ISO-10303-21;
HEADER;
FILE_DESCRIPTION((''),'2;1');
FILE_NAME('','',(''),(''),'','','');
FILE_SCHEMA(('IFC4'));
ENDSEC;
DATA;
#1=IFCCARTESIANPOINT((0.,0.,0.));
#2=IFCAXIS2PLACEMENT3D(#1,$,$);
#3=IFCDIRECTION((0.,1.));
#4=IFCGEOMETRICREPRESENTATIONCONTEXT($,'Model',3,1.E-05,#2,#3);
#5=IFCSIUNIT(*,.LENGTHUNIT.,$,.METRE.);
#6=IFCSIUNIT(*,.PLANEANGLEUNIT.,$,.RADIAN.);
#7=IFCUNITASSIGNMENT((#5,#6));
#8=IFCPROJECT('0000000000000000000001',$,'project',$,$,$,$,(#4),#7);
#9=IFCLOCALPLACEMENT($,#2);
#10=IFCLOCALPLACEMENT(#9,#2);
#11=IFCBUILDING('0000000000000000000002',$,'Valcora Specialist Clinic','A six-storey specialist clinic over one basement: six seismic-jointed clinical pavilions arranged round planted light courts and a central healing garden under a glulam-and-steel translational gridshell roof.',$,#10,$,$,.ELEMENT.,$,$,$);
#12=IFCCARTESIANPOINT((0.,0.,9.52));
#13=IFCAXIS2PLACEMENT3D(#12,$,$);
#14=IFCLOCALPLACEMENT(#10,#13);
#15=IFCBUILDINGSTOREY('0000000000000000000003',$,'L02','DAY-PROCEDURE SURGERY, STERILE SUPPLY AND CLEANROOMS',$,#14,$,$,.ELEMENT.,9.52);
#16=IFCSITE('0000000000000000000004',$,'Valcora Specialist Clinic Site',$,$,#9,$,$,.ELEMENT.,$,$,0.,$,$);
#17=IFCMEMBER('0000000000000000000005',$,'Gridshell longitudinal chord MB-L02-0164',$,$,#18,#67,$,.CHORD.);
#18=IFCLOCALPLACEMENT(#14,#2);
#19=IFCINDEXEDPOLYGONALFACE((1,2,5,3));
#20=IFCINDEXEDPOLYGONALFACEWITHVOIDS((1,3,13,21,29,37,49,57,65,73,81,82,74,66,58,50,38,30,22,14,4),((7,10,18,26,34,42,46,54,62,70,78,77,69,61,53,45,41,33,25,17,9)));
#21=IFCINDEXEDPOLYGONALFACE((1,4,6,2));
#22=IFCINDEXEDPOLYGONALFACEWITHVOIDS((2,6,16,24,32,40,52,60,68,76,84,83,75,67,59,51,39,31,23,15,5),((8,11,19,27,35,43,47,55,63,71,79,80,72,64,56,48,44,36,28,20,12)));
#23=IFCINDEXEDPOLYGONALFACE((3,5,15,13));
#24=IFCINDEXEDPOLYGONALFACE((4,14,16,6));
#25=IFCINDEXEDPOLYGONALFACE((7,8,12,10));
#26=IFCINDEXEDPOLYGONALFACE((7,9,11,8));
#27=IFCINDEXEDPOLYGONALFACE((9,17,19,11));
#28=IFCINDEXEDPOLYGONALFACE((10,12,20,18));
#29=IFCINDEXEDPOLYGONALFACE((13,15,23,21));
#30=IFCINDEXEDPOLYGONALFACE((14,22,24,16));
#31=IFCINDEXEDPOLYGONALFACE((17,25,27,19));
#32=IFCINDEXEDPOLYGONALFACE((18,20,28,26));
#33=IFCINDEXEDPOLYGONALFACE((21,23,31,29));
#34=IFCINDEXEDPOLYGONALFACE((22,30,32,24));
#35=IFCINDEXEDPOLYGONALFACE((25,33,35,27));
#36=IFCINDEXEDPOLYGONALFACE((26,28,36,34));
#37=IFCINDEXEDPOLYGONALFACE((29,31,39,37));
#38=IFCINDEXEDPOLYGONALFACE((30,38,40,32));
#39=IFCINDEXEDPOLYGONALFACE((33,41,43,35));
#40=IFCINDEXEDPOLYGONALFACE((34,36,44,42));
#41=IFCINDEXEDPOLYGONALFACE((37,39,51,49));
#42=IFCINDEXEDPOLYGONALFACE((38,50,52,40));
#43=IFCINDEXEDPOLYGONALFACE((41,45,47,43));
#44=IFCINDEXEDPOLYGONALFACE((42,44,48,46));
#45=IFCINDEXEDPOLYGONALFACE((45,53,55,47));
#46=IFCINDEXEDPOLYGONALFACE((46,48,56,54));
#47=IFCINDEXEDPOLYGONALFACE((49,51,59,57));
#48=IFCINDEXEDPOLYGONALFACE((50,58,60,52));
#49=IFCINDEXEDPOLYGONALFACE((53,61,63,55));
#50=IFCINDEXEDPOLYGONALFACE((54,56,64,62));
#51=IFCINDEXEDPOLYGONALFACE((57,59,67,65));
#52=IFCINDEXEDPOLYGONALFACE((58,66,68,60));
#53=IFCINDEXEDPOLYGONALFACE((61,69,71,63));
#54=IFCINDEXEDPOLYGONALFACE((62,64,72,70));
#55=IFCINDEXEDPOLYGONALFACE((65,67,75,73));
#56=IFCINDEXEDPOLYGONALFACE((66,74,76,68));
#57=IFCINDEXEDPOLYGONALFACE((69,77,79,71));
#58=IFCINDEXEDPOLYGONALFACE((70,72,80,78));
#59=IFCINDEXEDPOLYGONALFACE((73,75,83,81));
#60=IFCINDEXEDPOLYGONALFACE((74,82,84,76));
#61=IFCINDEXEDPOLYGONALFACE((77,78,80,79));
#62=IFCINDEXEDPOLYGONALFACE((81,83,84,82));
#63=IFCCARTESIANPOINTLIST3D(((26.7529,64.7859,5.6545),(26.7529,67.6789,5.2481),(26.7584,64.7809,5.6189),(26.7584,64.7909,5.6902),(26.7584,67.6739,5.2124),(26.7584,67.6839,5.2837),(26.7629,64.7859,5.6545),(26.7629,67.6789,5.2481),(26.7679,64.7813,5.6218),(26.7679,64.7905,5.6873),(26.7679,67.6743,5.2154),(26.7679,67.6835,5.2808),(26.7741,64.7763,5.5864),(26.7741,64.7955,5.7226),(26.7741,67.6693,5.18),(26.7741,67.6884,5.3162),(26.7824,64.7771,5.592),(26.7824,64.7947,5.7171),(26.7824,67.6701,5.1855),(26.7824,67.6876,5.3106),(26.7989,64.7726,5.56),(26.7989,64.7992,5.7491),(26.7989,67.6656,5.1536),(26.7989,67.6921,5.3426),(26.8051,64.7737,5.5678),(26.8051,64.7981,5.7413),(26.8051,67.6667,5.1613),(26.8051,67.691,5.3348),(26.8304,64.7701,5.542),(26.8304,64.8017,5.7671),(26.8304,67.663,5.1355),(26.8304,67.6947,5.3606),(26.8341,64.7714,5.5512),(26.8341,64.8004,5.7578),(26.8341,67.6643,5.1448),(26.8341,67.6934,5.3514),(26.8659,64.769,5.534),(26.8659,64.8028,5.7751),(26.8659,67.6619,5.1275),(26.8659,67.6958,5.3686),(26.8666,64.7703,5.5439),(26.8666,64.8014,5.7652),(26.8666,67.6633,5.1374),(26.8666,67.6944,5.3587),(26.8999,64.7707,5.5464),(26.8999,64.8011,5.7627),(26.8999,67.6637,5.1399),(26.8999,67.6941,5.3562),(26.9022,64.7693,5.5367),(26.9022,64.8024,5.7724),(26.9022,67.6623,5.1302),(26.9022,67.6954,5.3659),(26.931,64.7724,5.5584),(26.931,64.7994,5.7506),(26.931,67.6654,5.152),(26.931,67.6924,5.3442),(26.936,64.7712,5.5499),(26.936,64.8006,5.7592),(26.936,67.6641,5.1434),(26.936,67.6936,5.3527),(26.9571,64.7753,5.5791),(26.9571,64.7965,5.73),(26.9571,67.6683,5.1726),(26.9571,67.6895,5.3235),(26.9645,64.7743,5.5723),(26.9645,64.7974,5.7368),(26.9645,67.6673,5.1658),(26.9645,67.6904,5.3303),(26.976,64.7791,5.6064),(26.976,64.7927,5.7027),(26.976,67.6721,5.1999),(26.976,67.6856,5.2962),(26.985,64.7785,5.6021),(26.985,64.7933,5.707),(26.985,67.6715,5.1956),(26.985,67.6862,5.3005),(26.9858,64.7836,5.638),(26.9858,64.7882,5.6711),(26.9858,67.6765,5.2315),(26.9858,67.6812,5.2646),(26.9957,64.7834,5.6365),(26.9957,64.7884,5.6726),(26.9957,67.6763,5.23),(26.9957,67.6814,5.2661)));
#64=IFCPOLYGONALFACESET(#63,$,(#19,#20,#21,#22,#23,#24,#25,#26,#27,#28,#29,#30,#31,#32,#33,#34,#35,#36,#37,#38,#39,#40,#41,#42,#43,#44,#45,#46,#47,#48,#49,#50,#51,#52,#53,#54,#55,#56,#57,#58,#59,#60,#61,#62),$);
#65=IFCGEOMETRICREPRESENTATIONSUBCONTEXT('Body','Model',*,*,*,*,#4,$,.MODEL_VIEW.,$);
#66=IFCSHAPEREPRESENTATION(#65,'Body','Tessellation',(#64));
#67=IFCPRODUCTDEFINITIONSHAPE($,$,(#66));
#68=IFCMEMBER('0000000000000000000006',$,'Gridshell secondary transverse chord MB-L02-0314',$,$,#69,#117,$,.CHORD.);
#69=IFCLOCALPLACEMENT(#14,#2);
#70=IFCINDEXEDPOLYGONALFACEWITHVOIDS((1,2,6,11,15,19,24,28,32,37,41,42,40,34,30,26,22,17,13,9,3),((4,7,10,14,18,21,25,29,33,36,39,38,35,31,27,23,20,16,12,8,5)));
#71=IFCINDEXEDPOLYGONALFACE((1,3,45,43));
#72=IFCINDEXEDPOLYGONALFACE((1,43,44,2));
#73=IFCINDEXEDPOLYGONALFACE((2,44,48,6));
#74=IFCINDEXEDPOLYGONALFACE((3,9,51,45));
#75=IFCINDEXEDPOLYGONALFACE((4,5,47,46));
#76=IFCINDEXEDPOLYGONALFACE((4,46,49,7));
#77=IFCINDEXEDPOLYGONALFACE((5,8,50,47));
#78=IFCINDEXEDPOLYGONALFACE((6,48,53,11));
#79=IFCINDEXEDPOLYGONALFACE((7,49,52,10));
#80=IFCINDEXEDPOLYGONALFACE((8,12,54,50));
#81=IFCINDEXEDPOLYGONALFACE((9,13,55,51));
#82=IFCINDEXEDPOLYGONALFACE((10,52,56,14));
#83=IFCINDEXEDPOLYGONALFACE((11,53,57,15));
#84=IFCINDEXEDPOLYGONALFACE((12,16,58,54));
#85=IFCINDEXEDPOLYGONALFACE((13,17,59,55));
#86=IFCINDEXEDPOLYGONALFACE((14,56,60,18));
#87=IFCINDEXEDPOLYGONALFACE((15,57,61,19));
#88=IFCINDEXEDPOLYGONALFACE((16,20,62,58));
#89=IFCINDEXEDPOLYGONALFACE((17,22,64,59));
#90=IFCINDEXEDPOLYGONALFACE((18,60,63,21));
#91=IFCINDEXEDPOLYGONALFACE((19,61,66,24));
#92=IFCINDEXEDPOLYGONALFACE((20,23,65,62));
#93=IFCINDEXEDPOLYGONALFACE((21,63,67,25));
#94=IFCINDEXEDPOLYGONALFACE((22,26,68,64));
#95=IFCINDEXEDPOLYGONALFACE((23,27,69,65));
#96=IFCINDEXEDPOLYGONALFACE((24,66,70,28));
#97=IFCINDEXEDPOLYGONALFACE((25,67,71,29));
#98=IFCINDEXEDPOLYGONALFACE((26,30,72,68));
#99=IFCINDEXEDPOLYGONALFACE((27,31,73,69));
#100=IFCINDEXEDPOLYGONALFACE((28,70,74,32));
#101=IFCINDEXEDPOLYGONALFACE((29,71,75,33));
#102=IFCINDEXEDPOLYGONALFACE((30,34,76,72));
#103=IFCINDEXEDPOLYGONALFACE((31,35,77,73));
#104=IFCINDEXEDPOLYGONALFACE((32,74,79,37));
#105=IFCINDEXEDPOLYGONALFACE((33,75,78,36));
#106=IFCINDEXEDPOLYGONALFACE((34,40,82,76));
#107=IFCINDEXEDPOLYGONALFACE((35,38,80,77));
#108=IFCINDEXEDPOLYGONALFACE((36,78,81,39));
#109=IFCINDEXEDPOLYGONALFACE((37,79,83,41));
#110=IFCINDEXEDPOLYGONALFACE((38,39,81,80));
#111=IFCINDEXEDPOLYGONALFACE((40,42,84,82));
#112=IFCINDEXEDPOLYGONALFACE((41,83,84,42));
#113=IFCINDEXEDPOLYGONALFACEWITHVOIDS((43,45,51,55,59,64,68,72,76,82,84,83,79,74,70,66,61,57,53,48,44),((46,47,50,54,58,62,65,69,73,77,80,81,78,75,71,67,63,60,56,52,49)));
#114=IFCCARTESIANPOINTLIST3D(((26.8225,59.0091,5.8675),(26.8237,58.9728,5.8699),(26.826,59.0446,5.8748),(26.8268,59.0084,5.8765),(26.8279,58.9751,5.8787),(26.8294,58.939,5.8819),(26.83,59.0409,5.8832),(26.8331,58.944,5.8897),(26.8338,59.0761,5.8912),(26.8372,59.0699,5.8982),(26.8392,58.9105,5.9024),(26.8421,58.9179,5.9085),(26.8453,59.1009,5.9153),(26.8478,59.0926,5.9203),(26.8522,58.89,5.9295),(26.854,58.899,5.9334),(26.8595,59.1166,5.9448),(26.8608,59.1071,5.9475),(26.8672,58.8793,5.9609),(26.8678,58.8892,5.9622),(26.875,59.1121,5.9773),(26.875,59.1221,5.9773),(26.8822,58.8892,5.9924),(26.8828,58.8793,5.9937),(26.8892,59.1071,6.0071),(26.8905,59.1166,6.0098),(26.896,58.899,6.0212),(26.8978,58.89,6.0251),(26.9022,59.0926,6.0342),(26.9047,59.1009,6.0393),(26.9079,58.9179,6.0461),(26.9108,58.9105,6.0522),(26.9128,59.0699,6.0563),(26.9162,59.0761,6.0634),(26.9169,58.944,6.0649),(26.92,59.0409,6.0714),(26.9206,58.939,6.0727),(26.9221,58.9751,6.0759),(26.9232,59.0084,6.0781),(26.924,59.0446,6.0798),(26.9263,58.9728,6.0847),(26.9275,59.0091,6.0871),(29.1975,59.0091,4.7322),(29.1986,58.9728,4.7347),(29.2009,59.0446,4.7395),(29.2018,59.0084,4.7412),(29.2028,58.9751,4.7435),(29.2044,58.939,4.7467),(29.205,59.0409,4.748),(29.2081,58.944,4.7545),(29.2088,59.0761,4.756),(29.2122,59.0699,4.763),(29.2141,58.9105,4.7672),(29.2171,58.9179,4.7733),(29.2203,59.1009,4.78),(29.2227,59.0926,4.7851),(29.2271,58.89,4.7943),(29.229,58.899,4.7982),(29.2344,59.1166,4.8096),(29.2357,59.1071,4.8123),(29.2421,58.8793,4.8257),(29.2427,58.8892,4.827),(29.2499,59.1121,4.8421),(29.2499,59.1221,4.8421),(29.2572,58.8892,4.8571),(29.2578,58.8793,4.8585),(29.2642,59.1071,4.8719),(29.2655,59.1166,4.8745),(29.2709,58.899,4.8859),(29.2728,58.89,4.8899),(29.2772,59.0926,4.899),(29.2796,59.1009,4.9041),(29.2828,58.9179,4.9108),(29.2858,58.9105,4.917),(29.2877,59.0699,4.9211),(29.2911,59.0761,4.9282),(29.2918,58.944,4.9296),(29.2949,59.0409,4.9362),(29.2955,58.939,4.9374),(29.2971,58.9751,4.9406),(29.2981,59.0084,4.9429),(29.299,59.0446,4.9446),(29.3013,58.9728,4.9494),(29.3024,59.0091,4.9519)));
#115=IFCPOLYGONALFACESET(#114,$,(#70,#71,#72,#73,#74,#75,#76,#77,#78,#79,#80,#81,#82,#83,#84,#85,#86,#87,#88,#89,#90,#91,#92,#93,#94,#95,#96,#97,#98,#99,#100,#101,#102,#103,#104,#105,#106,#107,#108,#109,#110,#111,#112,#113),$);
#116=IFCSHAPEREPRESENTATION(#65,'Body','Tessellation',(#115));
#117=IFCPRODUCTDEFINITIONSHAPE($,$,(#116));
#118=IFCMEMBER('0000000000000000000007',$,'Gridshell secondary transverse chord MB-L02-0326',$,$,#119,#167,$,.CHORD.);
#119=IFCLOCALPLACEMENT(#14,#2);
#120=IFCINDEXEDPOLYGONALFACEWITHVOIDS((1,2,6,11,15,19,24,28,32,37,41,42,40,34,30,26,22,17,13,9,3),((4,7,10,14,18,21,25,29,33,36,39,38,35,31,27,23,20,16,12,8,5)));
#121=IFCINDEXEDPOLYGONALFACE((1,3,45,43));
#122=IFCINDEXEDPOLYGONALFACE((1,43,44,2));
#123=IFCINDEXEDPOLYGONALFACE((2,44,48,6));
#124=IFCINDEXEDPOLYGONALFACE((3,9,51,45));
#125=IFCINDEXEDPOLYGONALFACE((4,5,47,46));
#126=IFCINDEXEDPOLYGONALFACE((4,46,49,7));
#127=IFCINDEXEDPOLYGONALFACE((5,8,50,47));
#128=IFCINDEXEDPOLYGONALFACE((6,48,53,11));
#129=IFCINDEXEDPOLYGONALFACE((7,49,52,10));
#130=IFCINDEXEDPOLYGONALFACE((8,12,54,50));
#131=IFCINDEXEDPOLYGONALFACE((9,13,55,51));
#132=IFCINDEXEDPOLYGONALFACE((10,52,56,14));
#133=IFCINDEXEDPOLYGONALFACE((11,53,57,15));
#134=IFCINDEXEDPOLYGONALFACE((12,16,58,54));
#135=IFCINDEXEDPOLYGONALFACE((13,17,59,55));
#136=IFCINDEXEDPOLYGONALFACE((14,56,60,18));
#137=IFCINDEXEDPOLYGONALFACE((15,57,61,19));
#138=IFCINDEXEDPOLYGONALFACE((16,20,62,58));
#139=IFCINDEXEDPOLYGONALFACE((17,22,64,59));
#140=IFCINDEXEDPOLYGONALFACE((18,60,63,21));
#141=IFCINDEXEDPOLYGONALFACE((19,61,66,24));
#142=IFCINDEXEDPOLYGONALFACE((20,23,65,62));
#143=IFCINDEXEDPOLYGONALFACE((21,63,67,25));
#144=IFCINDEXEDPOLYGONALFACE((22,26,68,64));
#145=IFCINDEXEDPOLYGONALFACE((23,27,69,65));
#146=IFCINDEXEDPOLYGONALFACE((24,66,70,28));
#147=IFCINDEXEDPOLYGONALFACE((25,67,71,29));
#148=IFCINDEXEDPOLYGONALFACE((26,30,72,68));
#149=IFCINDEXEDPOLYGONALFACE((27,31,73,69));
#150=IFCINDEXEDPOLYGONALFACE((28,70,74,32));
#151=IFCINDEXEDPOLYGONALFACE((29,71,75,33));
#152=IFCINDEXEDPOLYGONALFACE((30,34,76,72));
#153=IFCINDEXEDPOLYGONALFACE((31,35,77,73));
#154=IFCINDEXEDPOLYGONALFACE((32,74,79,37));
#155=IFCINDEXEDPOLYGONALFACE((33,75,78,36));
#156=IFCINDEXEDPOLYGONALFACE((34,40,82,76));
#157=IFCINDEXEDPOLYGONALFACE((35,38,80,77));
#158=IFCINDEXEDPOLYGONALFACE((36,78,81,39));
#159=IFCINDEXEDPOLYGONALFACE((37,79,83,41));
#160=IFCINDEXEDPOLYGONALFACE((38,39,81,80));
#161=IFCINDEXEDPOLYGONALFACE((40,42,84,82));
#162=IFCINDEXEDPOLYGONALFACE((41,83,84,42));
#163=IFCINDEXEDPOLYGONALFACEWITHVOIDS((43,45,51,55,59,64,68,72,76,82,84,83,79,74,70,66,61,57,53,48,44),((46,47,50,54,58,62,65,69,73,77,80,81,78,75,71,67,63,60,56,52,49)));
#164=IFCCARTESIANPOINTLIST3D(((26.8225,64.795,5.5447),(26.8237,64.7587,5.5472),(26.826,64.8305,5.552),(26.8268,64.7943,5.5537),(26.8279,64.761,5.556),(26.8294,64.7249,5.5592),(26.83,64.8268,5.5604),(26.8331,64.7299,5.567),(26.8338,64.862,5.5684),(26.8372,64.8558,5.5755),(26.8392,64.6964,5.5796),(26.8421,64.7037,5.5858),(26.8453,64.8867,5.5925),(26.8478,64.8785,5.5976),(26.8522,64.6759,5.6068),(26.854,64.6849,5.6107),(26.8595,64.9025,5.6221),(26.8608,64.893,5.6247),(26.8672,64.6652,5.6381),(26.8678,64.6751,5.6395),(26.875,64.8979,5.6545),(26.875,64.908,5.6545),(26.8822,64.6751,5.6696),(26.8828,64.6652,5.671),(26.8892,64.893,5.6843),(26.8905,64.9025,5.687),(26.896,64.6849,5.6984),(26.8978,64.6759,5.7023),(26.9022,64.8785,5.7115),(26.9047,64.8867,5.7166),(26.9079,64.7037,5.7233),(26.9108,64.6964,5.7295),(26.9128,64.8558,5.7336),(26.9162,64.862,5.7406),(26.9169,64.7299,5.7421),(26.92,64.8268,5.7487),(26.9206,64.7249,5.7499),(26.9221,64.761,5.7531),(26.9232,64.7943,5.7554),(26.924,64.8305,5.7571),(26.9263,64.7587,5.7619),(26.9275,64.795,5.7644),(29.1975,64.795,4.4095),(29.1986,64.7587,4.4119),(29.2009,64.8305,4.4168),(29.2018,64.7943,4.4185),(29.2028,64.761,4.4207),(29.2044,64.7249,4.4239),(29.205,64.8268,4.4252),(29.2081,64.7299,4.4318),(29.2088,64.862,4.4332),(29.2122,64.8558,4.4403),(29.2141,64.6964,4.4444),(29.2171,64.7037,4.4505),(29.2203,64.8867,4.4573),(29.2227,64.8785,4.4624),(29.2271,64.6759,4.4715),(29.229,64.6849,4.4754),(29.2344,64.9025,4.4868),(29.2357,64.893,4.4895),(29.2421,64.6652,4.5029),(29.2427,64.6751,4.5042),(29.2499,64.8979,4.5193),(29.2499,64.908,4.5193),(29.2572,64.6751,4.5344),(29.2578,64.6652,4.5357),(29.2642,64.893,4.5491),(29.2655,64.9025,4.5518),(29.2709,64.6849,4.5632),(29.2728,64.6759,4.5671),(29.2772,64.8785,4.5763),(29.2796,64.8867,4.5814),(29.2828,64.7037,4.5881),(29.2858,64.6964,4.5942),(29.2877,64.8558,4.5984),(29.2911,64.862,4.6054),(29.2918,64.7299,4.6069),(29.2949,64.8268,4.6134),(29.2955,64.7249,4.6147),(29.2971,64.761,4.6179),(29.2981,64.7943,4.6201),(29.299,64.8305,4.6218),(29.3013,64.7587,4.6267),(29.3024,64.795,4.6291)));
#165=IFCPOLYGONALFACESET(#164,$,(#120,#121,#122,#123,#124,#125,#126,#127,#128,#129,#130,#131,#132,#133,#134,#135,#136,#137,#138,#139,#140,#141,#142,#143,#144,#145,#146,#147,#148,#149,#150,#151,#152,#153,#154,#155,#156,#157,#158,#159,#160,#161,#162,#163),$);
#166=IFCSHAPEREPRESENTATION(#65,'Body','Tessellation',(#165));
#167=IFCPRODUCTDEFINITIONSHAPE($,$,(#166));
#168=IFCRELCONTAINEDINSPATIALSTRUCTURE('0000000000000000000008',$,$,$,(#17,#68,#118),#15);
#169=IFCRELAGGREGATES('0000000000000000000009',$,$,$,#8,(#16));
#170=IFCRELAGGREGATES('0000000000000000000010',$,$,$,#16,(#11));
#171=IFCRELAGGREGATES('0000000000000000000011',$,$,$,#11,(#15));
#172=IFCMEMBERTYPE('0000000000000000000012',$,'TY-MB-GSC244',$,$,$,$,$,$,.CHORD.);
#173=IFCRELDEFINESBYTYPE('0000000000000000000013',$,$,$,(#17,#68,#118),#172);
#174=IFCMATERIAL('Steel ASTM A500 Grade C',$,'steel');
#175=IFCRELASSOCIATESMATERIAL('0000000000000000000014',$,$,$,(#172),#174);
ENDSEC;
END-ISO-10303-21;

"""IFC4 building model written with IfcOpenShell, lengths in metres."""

from ifc_helpers import new_model, si_unit, direction, frame, origin, origin_2d, place, context, subcontext, project, spatial, hollow_circle, extrude, material, material_profile, profile_set, type_object, element, save


model = new_model("IFC4")

# Units and contexts
model_context = context("Model", 3, precision=1e-05, world=origin(), true_north=direction((0.0, 1.0)))
body_context = subcontext(model_context, "Body", "Model", "MODEL_VIEW")
ifc_project = project(units=[si_unit("LENGTHUNIT", "METRE"), si_unit("PLANEANGLEUNIT", "RADIAN")], contexts=[model_context])

# Site, building, storey
site_placement = place(None, origin())
site = spatial("IfcSite", under=ifc_project, at=site_placement, Name="Valcora Specialist Clinic Site", CompositionType="ELEMENT", RefElevation=0.0)
building_placement = place(site_placement, origin())
building = spatial("IfcBuilding", under=site, at=building_placement, Name="Valcora Specialist Clinic", Description="A six-storey specialist clinic over one basement: six seismic-jointed clinical pavilions arranged round planted light courts and a central healing garden under a glulam-and-steel translational gridshell roof.", CompositionType="ELEMENT")
storey_placement = place(building_placement, frame((0.0, 0.0, 9.52)))
storey = spatial("IfcBuildingStorey", under=building, at=storey_placement, Name="L02", Description="DAY-PROCEDURE SURGERY, STERILE SUPPLY AND CLEANROOMS", CompositionType="ELEMENT", Elevation=9.52)

# Members
ifc_material_1 = material(Name="Steel ASTM A500 Grade C", Category="steel")
ifc_material_profile_1 = material_profile(ifc_material_1, hollow_circle(Radius=0.1221, WallThickness=0.01, at=origin_2d()), Name="ST-CHS-244X10")
ifc_profile_set_1 = profile_set([ifc_material_profile_1], Name="Steel ASTM A500 Grade C")
member_type_1 = type_object("IfcMemberType", Name="TY-MB-GSC244", PredefinedType="CHORD", material=ifc_profile_set_1)
member_1_placement = place(storey_placement, frame((26.875, 64.7859, 5.6545), z_axis=(0.0, 0.990273, -0.13914), x_axis=(-1.0, 0.0, 0.0)))
element("IfcMember", 1, at=member_1_placement, inside=storey, type_object=member_type_1, Name="Gridshell longitudinal chord MB-L02-0164", PredefinedType="CHORD", context=body_context, shape_type="SweptSolid", body=[
    extrude(hollow_circle(Radius=0.1221, WallThickness=0.01, at=origin_2d()), origin(), (0.0, 0.0, 1.0), 2.9214),
])
for number, where, z_axis, x_axis, name in (
    (2, (26.875, 59.0, 5.9773), (0.902225, 0.0, -0.431265), (0.0, 1.0, 0.0), "Gridshell secondary transverse chord MB-L02-0314"),
    (3, (26.875, 64.7859, 5.6545), (0.902225, 0.0, -0.431265), (0.0, 1.0, 0.0), "Gridshell secondary transverse chord MB-L02-0326"),
):
    element("IfcMember", number, at=place(storey_placement, frame(where, z_axis=z_axis, x_axis=x_axis)), inside=storey, type_object=member_type_1, Name=name, PredefinedType="CHORD", context=body_context, shape_type="SweptSolid", body=[
        extrude(hollow_circle(Radius=0.1221, WallThickness=0.01, at=origin_2d()), origin(), (0.0, 0.0, 1.0), 2.6323),
    ])

save(model, "model.ifc")
